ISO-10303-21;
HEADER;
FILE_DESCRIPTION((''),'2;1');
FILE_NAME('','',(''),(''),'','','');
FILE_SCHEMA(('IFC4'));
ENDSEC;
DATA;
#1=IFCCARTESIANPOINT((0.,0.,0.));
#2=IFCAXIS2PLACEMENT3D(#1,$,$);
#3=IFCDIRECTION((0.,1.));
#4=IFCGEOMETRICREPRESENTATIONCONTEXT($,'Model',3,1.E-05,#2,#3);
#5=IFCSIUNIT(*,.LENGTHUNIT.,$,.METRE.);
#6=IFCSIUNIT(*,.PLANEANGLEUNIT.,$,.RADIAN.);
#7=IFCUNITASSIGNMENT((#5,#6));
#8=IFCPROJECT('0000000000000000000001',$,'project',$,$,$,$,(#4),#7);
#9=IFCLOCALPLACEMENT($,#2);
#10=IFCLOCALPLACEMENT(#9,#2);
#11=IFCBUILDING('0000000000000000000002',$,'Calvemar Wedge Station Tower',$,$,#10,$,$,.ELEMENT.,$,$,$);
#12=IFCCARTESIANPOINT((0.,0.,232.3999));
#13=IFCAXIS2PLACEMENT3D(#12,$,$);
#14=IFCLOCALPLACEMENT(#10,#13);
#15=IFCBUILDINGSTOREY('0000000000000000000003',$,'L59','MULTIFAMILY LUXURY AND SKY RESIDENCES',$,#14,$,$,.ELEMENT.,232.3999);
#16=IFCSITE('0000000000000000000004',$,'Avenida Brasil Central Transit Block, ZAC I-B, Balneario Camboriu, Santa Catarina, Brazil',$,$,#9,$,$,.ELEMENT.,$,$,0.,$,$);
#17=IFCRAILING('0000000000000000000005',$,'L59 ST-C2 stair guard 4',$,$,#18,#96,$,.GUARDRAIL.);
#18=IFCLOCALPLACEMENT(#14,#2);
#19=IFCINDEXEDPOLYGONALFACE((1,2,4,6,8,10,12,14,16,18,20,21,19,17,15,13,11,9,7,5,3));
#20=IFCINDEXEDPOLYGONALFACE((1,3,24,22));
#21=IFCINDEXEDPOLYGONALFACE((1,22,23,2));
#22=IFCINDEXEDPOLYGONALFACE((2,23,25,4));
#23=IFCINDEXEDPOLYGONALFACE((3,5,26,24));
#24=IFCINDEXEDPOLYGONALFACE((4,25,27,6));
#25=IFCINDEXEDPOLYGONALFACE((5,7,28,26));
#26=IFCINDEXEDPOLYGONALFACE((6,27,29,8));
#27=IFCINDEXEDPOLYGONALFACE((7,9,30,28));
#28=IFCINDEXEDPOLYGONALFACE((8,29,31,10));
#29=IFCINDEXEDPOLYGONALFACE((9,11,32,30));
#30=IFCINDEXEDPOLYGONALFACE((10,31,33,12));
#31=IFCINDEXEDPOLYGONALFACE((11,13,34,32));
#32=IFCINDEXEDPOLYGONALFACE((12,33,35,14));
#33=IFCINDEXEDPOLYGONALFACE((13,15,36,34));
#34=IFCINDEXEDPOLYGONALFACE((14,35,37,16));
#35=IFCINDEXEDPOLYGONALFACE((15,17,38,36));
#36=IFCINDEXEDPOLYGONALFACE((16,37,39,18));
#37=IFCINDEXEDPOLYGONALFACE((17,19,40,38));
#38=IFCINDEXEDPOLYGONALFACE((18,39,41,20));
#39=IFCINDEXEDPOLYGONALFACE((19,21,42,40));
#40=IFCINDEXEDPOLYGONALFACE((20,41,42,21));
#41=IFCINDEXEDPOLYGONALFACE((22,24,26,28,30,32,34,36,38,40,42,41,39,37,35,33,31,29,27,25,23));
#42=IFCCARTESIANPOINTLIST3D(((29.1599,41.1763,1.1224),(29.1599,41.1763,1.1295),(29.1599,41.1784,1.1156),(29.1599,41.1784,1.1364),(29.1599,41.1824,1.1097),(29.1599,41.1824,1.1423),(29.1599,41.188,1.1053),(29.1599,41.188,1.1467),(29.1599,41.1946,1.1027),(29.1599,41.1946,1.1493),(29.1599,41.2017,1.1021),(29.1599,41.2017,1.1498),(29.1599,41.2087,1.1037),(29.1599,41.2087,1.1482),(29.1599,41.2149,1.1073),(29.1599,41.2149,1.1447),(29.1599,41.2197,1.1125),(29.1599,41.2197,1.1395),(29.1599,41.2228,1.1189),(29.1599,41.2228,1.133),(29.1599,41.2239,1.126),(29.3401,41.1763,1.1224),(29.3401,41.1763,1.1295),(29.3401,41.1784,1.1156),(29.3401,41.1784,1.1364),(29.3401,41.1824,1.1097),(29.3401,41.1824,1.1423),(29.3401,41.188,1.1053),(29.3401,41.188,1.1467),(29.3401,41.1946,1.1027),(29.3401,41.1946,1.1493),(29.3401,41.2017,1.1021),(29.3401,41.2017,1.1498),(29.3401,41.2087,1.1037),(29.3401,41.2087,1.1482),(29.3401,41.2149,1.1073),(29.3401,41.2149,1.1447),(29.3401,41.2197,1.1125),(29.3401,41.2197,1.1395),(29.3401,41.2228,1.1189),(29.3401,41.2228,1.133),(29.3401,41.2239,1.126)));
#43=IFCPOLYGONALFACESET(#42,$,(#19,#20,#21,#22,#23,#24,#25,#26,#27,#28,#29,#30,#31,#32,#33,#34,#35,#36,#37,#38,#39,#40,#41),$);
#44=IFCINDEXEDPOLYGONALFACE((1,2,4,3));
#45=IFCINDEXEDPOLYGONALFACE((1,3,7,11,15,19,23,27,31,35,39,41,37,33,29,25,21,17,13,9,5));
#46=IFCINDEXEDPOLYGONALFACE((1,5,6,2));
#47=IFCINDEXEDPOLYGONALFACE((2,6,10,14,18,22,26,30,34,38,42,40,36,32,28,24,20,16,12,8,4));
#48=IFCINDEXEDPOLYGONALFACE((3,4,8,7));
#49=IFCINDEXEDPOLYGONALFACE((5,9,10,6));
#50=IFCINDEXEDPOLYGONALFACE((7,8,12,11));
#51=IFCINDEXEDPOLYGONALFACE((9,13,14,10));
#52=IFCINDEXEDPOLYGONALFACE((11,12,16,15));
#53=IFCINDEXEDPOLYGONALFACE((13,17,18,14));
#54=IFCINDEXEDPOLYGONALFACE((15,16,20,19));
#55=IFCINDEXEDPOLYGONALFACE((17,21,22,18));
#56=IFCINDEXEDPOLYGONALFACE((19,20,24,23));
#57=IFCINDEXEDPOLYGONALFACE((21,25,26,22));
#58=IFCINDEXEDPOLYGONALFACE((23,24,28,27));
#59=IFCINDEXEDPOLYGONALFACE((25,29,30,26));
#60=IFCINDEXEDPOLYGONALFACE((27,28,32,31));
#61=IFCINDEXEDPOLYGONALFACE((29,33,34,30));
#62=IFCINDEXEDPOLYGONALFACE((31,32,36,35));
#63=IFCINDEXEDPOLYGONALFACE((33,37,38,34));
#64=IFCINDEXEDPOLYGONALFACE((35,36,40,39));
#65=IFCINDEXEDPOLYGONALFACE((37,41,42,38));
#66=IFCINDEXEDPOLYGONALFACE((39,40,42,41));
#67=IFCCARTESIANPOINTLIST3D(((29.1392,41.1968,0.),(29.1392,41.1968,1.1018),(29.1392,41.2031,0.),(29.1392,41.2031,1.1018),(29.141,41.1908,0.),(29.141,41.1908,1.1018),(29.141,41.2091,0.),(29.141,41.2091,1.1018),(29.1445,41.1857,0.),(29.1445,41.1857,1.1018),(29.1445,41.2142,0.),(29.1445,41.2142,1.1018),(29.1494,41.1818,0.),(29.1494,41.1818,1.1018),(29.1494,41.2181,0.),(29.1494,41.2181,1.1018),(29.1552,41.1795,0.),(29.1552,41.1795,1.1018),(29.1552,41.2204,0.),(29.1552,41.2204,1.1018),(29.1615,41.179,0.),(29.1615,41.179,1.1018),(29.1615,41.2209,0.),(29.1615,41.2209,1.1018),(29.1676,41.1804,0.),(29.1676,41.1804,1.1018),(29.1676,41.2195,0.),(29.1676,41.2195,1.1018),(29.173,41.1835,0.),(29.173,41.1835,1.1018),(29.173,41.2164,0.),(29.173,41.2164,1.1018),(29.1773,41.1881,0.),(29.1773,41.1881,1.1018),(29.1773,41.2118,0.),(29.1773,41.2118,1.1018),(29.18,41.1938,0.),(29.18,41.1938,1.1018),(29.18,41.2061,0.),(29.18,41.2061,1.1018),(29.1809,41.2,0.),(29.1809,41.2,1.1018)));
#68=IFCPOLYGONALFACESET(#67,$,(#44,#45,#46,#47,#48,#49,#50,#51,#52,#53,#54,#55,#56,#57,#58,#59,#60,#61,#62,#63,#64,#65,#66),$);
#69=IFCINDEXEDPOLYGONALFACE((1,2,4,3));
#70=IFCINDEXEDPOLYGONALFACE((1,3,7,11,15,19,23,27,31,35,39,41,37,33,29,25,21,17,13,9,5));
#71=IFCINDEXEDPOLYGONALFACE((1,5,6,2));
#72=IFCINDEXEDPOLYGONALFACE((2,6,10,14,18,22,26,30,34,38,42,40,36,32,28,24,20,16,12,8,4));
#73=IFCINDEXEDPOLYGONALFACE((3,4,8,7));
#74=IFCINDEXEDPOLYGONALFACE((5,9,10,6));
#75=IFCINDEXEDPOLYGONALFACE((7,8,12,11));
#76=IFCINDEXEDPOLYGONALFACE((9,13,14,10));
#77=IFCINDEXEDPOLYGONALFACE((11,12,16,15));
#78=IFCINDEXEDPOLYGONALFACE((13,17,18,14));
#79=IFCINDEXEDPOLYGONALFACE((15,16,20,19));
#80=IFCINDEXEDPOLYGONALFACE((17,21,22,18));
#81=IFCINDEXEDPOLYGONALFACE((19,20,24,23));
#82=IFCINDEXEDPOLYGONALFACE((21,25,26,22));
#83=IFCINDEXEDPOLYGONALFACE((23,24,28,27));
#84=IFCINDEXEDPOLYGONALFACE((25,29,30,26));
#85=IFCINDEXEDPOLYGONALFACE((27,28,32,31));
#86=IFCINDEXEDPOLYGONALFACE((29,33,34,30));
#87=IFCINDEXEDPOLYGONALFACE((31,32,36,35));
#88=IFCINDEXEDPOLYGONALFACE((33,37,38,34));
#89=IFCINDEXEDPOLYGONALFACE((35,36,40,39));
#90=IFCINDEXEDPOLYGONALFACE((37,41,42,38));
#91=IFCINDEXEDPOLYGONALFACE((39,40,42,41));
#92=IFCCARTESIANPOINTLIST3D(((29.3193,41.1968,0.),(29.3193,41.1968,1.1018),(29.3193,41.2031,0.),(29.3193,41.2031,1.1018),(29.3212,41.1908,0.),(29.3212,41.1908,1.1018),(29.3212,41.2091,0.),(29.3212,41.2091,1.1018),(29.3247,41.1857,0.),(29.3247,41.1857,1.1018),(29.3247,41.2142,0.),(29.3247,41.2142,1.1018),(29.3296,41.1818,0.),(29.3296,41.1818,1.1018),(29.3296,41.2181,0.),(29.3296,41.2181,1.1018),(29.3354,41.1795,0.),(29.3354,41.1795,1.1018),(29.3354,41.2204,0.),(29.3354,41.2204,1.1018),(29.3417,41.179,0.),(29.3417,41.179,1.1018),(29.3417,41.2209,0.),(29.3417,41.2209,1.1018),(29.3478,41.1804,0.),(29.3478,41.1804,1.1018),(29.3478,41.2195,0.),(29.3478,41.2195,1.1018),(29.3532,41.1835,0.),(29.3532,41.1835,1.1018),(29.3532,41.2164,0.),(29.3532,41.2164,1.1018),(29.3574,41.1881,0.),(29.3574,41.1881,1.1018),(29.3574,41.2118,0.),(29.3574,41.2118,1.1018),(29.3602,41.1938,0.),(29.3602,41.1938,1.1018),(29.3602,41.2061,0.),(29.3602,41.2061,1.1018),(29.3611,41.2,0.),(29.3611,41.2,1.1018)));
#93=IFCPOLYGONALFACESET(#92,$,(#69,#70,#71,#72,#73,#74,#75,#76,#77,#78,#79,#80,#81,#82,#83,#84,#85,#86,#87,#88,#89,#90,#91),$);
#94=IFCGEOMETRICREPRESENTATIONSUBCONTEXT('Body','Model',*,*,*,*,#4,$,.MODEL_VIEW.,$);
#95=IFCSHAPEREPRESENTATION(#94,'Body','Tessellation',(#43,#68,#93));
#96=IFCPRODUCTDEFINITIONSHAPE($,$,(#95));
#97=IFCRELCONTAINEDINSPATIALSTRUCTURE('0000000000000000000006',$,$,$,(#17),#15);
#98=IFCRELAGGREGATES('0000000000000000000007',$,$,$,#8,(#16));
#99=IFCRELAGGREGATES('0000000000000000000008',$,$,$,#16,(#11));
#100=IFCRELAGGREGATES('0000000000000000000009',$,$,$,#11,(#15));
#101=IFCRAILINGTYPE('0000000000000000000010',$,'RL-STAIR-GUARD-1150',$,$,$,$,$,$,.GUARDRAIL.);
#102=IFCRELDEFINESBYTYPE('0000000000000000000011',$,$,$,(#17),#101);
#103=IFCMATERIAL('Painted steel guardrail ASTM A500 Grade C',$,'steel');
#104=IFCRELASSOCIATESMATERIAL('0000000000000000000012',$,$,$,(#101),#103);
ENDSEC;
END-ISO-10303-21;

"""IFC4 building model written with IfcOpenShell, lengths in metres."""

from ifc_helpers import new_model, si_unit, direction, frame, origin, origin_2d, place, context, subcontext, project, spatial, circle, extrude, material, type_object, element, save


model = new_model("IFC4")

# Units and contexts
model_context = context("Model", 3, precision=1e-05, world=origin(), true_north=direction((0.0, 1.0)))
body_context = subcontext(model_context, "Body", "Model", "MODEL_VIEW")
ifc_project = project(units=[si_unit("LENGTHUNIT", "METRE"), si_unit("PLANEANGLEUNIT", "RADIAN")], contexts=[model_context])

# Site, building, storey
site_placement = place(None, origin())
site = spatial("IfcSite", under=ifc_project, at=site_placement, Name="Avenida Brasil Central Transit Block, ZAC I-B, Balneario Camboriu, Santa Catarina, Brazil", CompositionType="ELEMENT", RefElevation=0.0)
building_placement = place(site_placement, origin())
building = spatial("IfcBuilding", under=site, at=building_placement, Name="Calvemar Wedge Station Tower", CompositionType="ELEMENT")
storey_placement = place(building_placement, frame((0.0, 0.0, 232.3999)))
storey = spatial("IfcBuildingStorey", under=building, at=storey_placement, Name="L59", Description="MULTIFAMILY LUXURY AND SKY RESIDENCES", CompositionType="ELEMENT", Elevation=232.3999)

# Railing
ifc_material_1 = material(Name="Painted steel guardrail ASTM A500 Grade C", Category="steel")
railing_type_1 = type_object("IfcRailingType", Name="RL-STAIR-GUARD-1150", PredefinedType="GUARDRAIL", material=ifc_material_1)
railing_1_placement = place(storey_placement, frame((29.1599, 41.2, 0.0)))
element("IfcRailing", 1, at=railing_1_placement, inside=storey, type_object=railing_type_1, Name="L59 ST-C2 stair guard 4", PredefinedType="GUARDRAIL", context=body_context, shape_type="SweptSolid", body=[
    extrude(circle(Radius=0.0239, at=origin_2d()), frame((0.0, 0.0, 1.126), z_axis=(1.0, 0.0, 0.0), x_axis=(0.0, 1.0, 0.0)), (0.0, 0.0, 1.0), 0.1802),
    extrude(circle(Radius=0.021, at=origin_2d()), origin(), (0.0, 0.0, 1.0), 1.1018),
    extrude(circle(Radius=0.021, at=origin_2d()), frame((0.1802, 0.0, 0.0)), (0.0, 0.0, 1.0), 1.1018),
])

save(model, "model.ifc")
